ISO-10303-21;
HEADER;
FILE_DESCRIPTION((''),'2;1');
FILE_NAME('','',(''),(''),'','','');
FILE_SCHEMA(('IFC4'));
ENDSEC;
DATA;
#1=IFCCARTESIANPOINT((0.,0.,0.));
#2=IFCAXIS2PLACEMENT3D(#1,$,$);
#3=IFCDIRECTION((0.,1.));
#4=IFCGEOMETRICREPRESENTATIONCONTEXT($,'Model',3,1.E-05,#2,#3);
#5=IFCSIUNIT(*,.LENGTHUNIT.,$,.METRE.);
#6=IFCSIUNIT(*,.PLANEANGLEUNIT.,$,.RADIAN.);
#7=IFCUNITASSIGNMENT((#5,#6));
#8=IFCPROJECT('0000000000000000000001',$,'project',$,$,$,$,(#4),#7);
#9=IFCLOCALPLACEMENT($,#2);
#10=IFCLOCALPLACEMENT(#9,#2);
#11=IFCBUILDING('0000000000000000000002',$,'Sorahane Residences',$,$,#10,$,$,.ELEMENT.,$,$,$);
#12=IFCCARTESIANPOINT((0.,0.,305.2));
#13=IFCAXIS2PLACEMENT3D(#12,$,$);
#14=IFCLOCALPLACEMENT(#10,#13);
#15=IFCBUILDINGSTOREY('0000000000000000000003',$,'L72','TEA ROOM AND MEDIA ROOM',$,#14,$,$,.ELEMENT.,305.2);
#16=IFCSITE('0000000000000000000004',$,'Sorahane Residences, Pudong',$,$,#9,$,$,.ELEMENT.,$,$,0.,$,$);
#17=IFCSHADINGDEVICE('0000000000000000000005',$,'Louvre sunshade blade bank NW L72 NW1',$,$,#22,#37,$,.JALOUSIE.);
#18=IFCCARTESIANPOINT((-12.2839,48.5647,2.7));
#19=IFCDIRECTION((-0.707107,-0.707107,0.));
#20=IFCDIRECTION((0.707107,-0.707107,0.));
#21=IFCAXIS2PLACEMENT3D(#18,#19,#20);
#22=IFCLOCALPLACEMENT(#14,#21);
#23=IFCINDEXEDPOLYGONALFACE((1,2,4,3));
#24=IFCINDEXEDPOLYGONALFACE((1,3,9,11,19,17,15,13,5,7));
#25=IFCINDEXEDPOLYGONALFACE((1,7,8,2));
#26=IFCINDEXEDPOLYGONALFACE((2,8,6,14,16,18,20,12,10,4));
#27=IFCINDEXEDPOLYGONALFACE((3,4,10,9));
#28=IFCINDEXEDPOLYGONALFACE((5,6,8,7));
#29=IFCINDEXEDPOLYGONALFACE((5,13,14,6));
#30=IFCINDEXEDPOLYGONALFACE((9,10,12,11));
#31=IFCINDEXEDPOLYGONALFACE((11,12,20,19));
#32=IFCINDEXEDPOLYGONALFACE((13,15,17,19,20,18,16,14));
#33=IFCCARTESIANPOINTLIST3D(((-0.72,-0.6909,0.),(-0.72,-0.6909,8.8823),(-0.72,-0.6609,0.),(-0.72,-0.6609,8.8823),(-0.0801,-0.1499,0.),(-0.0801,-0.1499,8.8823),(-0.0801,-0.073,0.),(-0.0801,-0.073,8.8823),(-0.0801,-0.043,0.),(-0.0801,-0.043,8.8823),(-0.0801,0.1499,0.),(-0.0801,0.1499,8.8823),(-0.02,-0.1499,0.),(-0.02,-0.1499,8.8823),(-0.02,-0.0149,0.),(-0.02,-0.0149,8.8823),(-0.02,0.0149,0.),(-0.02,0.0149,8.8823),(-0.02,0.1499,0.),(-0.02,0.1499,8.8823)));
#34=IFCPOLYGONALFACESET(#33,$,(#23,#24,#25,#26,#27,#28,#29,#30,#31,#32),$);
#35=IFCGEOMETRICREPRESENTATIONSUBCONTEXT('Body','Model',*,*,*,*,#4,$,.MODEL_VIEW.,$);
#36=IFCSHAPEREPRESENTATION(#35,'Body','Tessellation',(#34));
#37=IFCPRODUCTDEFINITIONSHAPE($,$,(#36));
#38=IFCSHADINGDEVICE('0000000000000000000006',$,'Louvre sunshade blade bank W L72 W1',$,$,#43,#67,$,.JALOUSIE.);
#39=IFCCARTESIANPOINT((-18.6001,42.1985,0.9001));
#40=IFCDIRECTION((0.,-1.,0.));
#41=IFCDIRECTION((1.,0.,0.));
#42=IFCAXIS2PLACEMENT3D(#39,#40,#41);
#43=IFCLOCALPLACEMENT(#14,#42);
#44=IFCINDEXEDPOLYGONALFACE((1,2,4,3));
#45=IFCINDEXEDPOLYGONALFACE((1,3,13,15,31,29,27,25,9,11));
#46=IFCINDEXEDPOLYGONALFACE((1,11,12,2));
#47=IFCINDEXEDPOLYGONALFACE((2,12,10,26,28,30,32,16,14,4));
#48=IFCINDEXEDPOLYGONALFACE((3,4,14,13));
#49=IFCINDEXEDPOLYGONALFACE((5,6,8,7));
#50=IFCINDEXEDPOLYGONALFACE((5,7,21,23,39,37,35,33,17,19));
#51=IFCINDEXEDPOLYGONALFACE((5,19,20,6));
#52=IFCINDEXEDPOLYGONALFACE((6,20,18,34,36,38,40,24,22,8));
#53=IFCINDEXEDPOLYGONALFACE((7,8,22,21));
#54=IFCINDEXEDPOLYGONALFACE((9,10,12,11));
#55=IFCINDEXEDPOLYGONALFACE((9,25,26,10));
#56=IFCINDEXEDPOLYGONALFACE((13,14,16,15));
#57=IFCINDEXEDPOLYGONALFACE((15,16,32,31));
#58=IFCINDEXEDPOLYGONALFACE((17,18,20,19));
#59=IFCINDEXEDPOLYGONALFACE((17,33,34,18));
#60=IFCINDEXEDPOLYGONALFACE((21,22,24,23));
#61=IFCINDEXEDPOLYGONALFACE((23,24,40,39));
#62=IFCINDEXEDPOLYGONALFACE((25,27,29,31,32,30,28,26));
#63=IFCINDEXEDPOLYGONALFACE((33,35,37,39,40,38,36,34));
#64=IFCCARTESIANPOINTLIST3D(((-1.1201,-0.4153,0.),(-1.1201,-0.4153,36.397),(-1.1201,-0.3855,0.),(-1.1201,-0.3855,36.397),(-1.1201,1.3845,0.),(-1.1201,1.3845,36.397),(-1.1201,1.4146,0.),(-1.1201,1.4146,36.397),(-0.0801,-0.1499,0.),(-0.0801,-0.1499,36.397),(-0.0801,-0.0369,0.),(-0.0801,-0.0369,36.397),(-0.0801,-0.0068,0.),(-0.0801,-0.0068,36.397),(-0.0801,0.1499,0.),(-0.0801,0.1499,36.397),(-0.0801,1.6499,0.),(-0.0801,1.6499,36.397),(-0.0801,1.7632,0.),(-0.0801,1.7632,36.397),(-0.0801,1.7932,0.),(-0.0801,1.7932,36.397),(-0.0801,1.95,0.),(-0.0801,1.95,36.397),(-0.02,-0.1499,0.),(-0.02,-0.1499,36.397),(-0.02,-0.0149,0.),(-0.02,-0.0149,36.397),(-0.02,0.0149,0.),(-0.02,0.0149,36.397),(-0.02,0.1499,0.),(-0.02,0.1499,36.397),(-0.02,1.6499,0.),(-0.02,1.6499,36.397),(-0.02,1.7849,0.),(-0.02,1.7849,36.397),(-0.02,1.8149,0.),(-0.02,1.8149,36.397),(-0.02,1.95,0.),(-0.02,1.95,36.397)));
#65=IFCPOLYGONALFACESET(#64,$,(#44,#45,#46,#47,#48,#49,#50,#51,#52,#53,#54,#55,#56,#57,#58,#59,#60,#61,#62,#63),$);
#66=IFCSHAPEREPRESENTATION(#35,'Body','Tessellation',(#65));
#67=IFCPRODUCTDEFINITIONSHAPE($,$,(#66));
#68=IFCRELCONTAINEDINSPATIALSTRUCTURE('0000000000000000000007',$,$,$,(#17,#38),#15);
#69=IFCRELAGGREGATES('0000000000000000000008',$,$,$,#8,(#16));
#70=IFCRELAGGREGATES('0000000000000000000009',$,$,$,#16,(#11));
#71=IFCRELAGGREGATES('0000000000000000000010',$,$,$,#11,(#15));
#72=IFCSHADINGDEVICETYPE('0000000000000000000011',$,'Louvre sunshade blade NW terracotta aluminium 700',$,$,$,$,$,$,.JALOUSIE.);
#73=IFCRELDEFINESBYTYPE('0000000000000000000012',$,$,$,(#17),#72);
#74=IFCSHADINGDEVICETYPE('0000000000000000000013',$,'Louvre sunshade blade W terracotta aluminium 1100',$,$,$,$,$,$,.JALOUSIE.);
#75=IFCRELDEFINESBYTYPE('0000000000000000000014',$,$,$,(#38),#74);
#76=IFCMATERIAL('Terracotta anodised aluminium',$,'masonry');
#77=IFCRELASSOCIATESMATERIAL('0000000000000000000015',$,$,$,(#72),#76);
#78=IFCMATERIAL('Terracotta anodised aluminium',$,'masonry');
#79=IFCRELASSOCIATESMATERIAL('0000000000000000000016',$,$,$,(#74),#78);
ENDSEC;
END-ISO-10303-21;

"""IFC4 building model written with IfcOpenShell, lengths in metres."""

from ifc_helpers import new_model, si_unit, direction, frame, origin, place, context, subcontext, project, spatial, polyline, outline, composite_profile, extrude, material, type_object, element, save


model = new_model("IFC4")

# Units and contexts
model_context = context("Model", 3, precision=1e-05, world=origin(), true_north=direction((0.0, 1.0)))
body_context = subcontext(model_context, "Body", "Model", "MODEL_VIEW")
ifc_project = project(units=[si_unit("LENGTHUNIT", "METRE"), si_unit("PLANEANGLEUNIT", "RADIAN")], contexts=[model_context])

# Site, building, storey
site_placement = place(None, origin())
site = spatial("IfcSite", under=ifc_project, at=site_placement, Name="Sorahane Residences, Pudong", CompositionType="ELEMENT", RefElevation=0.0)
building_placement = place(site_placement, origin())
building = spatial("IfcBuilding", under=site, at=building_placement, Name="Sorahane Residences", CompositionType="ELEMENT")
storey_placement = place(building_placement, frame((0.0, 0.0, 305.2)))
storey = spatial("IfcBuildingStorey", under=building, at=storey_placement, Name="L72", Description="TEA ROOM AND MEDIA ROOM", CompositionType="ELEMENT", Elevation=305.2)

# Shading devices
ifc_material_1 = material(Name="Terracotta anodised aluminium", Category="masonry")
shading_device_type_1 = type_object("IfcShadingDeviceType", Name="Louvre sunshade blade NW terracotta aluminium 700", PredefinedType="JALOUSIE", material=ifc_material_1)
shading_device_1_placement = place(storey_placement, frame((-12.2839, 48.5647, 2.7), z_axis=(-0.707107, -0.707107, 0.0), x_axis=(0.707107, -0.707107, 0.0)))
element("IfcShadingDevice", 1, at=shading_device_1_placement, inside=storey, type_object=shading_device_type_1, Name="Louvre sunshade blade bank NW L72 NW1", PredefinedType="JALOUSIE", context=body_context, shape_type="SweptSolid", body=[
    extrude(outline(polyline([(-0.72, -0.6609), (-0.72, -0.6909), (-0.0801, -0.073), (-0.0801, -0.1499), (-0.02, -0.1499), (-0.02, -0.0149), (-0.02, 0.0149), (-0.02, 0.1499), (-0.0801, 0.1499), (-0.0801, -0.043), (-0.72, -0.6609)])), origin(), (0.0, 0.0, 1.0), 8.8823),
])
ifc_material_2 = material(Name="Terracotta anodised aluminium", Category="masonry")
shading_device_type_2 = type_object("IfcShadingDeviceType", Name="Louvre sunshade blade W terracotta aluminium 1100", PredefinedType="JALOUSIE", material=ifc_material_2)
shading_device_2_placement = place(storey_placement, frame((-18.6001, 42.1985, 0.9001), z_axis=(0.0, -1.0, 0.0), x_axis=(1.0, 0.0, 0.0)))
element("IfcShadingDevice", 2, at=shading_device_2_placement, inside=storey, type_object=shading_device_type_2, Name="Louvre sunshade blade bank W L72 W1", PredefinedType="JALOUSIE", context=body_context, shape_type="SweptSolid", body=[
    extrude(composite_profile([outline(polyline([(-1.1201, -0.3855), (-1.1201, -0.4153), (-0.0801, -0.0369), (-0.0801, -0.1499), (-0.02, -0.1499), (-0.02, -0.0149), (-0.02, 0.0149), (-0.02, 0.1499), (-0.0801, 0.1499), (-0.0801, -0.0068), (-1.1201, -0.3855)])), outline(polyline([(-1.1201, 1.4146), (-1.1201, 1.3845), (-0.0801, 1.7632), (-0.0801, 1.6499), (-0.02, 1.6499), (-0.02, 1.7849), (-0.02, 1.8149), (-0.02, 1.95), (-0.0801, 1.95), (-0.0801, 1.7932), (-1.1201, 1.4146)]))]), origin(), (0.0, 0.0, 1.0), 36.397),
])

save(model, "model.ifc")
